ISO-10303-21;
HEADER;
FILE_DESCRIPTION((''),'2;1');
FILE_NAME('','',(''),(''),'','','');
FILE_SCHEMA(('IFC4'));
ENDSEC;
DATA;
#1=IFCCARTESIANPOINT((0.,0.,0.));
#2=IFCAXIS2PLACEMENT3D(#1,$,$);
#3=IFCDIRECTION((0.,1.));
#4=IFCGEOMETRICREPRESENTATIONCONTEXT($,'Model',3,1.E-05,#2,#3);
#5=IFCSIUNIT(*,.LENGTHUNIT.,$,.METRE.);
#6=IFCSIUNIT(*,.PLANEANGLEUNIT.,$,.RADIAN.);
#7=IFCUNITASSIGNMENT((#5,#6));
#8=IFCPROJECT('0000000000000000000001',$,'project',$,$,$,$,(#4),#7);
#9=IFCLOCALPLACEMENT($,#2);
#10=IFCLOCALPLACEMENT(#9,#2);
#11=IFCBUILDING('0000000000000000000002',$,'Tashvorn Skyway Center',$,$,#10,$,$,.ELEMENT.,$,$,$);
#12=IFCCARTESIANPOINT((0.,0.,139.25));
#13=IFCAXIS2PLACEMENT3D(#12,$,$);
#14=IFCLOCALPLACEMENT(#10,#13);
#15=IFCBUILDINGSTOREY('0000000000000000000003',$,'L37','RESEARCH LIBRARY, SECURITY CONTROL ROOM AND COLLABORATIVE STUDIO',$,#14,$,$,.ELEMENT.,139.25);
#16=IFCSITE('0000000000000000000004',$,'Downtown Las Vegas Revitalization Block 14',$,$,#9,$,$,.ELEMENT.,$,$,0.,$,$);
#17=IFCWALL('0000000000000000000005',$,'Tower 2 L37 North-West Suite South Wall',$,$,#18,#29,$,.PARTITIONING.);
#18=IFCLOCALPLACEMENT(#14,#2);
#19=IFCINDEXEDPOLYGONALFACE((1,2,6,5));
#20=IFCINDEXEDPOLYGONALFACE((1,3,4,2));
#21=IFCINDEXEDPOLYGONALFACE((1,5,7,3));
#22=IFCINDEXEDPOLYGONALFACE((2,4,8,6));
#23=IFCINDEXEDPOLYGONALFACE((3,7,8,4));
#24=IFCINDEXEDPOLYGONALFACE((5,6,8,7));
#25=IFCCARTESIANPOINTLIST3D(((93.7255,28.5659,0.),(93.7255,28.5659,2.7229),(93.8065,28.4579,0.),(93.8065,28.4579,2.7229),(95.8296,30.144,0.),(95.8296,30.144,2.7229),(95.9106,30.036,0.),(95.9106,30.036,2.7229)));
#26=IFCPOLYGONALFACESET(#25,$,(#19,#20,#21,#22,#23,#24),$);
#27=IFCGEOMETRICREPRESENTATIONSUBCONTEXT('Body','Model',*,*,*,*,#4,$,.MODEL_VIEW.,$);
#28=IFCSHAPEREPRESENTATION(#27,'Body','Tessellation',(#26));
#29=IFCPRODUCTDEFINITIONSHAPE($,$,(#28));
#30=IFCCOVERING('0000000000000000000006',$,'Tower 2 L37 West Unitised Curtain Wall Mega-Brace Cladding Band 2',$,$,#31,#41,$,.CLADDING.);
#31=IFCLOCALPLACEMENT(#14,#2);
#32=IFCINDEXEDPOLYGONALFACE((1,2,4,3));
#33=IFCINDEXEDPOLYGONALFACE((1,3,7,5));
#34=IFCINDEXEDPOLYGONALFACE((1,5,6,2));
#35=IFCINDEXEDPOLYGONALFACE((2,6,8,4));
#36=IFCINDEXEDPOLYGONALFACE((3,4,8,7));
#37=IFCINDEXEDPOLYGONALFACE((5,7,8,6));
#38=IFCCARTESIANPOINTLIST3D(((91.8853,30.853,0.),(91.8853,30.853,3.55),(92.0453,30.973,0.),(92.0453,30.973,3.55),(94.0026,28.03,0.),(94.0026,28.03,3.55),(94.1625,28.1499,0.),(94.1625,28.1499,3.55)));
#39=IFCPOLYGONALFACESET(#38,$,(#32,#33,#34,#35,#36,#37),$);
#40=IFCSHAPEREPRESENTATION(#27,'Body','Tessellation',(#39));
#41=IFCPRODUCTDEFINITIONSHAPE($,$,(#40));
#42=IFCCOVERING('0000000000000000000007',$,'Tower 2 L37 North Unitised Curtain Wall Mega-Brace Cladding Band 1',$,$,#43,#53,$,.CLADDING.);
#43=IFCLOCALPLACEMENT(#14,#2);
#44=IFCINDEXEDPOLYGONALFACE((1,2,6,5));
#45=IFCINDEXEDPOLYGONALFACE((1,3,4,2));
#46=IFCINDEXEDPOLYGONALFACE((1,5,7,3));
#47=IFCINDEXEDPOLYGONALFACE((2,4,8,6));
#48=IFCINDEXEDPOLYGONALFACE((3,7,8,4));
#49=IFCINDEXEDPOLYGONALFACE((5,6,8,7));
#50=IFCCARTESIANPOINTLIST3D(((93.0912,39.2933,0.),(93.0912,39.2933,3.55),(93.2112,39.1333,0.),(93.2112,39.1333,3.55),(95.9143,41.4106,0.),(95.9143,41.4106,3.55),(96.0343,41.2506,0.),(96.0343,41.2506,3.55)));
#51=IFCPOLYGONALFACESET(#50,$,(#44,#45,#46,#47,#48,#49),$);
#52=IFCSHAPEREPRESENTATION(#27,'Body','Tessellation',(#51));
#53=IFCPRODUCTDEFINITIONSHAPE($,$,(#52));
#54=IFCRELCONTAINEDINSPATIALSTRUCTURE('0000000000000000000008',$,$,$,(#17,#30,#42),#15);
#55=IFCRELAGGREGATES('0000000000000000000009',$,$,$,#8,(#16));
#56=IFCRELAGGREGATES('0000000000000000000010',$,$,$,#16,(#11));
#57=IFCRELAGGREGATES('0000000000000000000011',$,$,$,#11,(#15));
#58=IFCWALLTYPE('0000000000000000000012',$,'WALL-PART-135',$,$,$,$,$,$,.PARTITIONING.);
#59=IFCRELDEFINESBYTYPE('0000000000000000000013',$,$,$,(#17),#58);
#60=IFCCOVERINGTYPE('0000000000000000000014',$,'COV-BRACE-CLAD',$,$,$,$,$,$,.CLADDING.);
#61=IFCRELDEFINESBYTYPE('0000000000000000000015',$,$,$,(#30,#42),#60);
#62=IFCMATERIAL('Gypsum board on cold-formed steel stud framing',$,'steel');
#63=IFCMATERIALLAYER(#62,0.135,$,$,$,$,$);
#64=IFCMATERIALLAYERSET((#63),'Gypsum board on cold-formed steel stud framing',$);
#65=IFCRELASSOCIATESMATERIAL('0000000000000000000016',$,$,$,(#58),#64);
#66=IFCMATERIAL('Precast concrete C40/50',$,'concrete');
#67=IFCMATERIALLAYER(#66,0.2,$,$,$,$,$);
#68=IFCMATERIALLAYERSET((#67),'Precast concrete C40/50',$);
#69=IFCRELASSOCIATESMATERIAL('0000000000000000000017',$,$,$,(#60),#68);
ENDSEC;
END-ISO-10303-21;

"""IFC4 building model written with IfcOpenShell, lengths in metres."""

from ifc_helpers import new_model, si_unit, direction, frame, frame_2d, origin, origin_2d, place, context, subcontext, project, spatial, rectangle, extrude, material, layer, layer_set, type_object, element, save


model = new_model("IFC4")

# Units and contexts
model_context = context("Model", 3, precision=1e-05, world=origin(), true_north=direction((0.0, 1.0)))
body_context = subcontext(model_context, "Body", "Model", "MODEL_VIEW")
ifc_project = project(units=[si_unit("LENGTHUNIT", "METRE"), si_unit("PLANEANGLEUNIT", "RADIAN")], contexts=[model_context])

# Site, building, storey
site_placement = place(None, origin())
site = spatial("IfcSite", under=ifc_project, at=site_placement, Name="Downtown Las Vegas Revitalization Block 14", CompositionType="ELEMENT", RefElevation=0.0)
building_placement = place(site_placement, origin())
building = spatial("IfcBuilding", under=site, at=building_placement, Name="Tashvorn Skyway Center", CompositionType="ELEMENT")
storey_placement = place(building_placement, frame((0.0, 0.0, 139.25)))
storey = spatial("IfcBuildingStorey", under=building, at=storey_placement, Name="L37", Description="RESEARCH LIBRARY, SECURITY CONTROL ROOM AND COLLABORATIVE STUDIO", CompositionType="ELEMENT", Elevation=139.25)

# Shared definitions
ifc_material_1 = material(Name="Gypsum board on cold-formed steel stud framing", Category="steel")
ifc_layer_1 = layer(ifc_material_1, 0.135)
ifc_layer_set_1 = layer_set([ifc_layer_1], Name="Gypsum board on cold-formed steel stud framing")
wall_type = type_object("IfcWallType", Name="WALL-PART-135", PredefinedType="PARTITIONING", material=ifc_layer_set_1)

# Wall
wall_1_placement = place(storey_placement, frame((93.7661, 28.512, 0.0), z_axis=(0.0, 0.0, 1.0), x_axis=(0.799978, 0.60003, 0.0)))
element("IfcWall", 1, at=wall_1_placement, inside=storey, type_object=wall_type, Name="Tower 2 L37 North-West Suite South Wall", PredefinedType="PARTITIONING", context=body_context, shape_type="SweptSolid", body=[
    extrude(rectangle(XDim=2.6301, YDim=0.135, at=frame_2d((1.3149, 0.0))), origin(), (0.0, 0.0, 1.0), 2.7229),
])

# Coverings
ifc_material_2 = material(Name="Precast concrete C40/50", Category="concrete")
ifc_layer_2 = layer(ifc_material_2, 0.2)
ifc_layer_set_2 = layer_set([ifc_layer_2], Name="Precast concrete C40/50")
covering_type = type_object("IfcCoveringType", Name="COV-BRACE-CLAD", PredefinedType="CLADDING", material=ifc_layer_set_2)
for number, where, z_axis, x_axis, name in (
    (2, (93.0239, 29.5015, 0.0), (0.0, 0.0, 1.0), (-0.6, 0.8, 0.0), "Tower 2 L37 West Unitised Curtain Wall Mega-Brace Cladding Band 2"),
    (3, (94.5627, 40.272, 0.0), (0.0, 0.0, 1.0), (0.8, 0.6, 0.0), "Tower 2 L37 North Unitised Curtain Wall Mega-Brace Cladding Band 1"),
):
    element("IfcCovering", number, at=place(storey_placement, frame(where, z_axis=z_axis, x_axis=x_axis)), inside=storey, type_object=covering_type, Name=name, PredefinedType="CLADDING", context=body_context, shape_type="SweptSolid", body=[
        extrude(rectangle(XDim=3.5288, YDim=0.2, at=origin_2d()), origin(), (0.0, 0.0, 1.0), 3.55),
    ])

save(model, "model.ifc")
